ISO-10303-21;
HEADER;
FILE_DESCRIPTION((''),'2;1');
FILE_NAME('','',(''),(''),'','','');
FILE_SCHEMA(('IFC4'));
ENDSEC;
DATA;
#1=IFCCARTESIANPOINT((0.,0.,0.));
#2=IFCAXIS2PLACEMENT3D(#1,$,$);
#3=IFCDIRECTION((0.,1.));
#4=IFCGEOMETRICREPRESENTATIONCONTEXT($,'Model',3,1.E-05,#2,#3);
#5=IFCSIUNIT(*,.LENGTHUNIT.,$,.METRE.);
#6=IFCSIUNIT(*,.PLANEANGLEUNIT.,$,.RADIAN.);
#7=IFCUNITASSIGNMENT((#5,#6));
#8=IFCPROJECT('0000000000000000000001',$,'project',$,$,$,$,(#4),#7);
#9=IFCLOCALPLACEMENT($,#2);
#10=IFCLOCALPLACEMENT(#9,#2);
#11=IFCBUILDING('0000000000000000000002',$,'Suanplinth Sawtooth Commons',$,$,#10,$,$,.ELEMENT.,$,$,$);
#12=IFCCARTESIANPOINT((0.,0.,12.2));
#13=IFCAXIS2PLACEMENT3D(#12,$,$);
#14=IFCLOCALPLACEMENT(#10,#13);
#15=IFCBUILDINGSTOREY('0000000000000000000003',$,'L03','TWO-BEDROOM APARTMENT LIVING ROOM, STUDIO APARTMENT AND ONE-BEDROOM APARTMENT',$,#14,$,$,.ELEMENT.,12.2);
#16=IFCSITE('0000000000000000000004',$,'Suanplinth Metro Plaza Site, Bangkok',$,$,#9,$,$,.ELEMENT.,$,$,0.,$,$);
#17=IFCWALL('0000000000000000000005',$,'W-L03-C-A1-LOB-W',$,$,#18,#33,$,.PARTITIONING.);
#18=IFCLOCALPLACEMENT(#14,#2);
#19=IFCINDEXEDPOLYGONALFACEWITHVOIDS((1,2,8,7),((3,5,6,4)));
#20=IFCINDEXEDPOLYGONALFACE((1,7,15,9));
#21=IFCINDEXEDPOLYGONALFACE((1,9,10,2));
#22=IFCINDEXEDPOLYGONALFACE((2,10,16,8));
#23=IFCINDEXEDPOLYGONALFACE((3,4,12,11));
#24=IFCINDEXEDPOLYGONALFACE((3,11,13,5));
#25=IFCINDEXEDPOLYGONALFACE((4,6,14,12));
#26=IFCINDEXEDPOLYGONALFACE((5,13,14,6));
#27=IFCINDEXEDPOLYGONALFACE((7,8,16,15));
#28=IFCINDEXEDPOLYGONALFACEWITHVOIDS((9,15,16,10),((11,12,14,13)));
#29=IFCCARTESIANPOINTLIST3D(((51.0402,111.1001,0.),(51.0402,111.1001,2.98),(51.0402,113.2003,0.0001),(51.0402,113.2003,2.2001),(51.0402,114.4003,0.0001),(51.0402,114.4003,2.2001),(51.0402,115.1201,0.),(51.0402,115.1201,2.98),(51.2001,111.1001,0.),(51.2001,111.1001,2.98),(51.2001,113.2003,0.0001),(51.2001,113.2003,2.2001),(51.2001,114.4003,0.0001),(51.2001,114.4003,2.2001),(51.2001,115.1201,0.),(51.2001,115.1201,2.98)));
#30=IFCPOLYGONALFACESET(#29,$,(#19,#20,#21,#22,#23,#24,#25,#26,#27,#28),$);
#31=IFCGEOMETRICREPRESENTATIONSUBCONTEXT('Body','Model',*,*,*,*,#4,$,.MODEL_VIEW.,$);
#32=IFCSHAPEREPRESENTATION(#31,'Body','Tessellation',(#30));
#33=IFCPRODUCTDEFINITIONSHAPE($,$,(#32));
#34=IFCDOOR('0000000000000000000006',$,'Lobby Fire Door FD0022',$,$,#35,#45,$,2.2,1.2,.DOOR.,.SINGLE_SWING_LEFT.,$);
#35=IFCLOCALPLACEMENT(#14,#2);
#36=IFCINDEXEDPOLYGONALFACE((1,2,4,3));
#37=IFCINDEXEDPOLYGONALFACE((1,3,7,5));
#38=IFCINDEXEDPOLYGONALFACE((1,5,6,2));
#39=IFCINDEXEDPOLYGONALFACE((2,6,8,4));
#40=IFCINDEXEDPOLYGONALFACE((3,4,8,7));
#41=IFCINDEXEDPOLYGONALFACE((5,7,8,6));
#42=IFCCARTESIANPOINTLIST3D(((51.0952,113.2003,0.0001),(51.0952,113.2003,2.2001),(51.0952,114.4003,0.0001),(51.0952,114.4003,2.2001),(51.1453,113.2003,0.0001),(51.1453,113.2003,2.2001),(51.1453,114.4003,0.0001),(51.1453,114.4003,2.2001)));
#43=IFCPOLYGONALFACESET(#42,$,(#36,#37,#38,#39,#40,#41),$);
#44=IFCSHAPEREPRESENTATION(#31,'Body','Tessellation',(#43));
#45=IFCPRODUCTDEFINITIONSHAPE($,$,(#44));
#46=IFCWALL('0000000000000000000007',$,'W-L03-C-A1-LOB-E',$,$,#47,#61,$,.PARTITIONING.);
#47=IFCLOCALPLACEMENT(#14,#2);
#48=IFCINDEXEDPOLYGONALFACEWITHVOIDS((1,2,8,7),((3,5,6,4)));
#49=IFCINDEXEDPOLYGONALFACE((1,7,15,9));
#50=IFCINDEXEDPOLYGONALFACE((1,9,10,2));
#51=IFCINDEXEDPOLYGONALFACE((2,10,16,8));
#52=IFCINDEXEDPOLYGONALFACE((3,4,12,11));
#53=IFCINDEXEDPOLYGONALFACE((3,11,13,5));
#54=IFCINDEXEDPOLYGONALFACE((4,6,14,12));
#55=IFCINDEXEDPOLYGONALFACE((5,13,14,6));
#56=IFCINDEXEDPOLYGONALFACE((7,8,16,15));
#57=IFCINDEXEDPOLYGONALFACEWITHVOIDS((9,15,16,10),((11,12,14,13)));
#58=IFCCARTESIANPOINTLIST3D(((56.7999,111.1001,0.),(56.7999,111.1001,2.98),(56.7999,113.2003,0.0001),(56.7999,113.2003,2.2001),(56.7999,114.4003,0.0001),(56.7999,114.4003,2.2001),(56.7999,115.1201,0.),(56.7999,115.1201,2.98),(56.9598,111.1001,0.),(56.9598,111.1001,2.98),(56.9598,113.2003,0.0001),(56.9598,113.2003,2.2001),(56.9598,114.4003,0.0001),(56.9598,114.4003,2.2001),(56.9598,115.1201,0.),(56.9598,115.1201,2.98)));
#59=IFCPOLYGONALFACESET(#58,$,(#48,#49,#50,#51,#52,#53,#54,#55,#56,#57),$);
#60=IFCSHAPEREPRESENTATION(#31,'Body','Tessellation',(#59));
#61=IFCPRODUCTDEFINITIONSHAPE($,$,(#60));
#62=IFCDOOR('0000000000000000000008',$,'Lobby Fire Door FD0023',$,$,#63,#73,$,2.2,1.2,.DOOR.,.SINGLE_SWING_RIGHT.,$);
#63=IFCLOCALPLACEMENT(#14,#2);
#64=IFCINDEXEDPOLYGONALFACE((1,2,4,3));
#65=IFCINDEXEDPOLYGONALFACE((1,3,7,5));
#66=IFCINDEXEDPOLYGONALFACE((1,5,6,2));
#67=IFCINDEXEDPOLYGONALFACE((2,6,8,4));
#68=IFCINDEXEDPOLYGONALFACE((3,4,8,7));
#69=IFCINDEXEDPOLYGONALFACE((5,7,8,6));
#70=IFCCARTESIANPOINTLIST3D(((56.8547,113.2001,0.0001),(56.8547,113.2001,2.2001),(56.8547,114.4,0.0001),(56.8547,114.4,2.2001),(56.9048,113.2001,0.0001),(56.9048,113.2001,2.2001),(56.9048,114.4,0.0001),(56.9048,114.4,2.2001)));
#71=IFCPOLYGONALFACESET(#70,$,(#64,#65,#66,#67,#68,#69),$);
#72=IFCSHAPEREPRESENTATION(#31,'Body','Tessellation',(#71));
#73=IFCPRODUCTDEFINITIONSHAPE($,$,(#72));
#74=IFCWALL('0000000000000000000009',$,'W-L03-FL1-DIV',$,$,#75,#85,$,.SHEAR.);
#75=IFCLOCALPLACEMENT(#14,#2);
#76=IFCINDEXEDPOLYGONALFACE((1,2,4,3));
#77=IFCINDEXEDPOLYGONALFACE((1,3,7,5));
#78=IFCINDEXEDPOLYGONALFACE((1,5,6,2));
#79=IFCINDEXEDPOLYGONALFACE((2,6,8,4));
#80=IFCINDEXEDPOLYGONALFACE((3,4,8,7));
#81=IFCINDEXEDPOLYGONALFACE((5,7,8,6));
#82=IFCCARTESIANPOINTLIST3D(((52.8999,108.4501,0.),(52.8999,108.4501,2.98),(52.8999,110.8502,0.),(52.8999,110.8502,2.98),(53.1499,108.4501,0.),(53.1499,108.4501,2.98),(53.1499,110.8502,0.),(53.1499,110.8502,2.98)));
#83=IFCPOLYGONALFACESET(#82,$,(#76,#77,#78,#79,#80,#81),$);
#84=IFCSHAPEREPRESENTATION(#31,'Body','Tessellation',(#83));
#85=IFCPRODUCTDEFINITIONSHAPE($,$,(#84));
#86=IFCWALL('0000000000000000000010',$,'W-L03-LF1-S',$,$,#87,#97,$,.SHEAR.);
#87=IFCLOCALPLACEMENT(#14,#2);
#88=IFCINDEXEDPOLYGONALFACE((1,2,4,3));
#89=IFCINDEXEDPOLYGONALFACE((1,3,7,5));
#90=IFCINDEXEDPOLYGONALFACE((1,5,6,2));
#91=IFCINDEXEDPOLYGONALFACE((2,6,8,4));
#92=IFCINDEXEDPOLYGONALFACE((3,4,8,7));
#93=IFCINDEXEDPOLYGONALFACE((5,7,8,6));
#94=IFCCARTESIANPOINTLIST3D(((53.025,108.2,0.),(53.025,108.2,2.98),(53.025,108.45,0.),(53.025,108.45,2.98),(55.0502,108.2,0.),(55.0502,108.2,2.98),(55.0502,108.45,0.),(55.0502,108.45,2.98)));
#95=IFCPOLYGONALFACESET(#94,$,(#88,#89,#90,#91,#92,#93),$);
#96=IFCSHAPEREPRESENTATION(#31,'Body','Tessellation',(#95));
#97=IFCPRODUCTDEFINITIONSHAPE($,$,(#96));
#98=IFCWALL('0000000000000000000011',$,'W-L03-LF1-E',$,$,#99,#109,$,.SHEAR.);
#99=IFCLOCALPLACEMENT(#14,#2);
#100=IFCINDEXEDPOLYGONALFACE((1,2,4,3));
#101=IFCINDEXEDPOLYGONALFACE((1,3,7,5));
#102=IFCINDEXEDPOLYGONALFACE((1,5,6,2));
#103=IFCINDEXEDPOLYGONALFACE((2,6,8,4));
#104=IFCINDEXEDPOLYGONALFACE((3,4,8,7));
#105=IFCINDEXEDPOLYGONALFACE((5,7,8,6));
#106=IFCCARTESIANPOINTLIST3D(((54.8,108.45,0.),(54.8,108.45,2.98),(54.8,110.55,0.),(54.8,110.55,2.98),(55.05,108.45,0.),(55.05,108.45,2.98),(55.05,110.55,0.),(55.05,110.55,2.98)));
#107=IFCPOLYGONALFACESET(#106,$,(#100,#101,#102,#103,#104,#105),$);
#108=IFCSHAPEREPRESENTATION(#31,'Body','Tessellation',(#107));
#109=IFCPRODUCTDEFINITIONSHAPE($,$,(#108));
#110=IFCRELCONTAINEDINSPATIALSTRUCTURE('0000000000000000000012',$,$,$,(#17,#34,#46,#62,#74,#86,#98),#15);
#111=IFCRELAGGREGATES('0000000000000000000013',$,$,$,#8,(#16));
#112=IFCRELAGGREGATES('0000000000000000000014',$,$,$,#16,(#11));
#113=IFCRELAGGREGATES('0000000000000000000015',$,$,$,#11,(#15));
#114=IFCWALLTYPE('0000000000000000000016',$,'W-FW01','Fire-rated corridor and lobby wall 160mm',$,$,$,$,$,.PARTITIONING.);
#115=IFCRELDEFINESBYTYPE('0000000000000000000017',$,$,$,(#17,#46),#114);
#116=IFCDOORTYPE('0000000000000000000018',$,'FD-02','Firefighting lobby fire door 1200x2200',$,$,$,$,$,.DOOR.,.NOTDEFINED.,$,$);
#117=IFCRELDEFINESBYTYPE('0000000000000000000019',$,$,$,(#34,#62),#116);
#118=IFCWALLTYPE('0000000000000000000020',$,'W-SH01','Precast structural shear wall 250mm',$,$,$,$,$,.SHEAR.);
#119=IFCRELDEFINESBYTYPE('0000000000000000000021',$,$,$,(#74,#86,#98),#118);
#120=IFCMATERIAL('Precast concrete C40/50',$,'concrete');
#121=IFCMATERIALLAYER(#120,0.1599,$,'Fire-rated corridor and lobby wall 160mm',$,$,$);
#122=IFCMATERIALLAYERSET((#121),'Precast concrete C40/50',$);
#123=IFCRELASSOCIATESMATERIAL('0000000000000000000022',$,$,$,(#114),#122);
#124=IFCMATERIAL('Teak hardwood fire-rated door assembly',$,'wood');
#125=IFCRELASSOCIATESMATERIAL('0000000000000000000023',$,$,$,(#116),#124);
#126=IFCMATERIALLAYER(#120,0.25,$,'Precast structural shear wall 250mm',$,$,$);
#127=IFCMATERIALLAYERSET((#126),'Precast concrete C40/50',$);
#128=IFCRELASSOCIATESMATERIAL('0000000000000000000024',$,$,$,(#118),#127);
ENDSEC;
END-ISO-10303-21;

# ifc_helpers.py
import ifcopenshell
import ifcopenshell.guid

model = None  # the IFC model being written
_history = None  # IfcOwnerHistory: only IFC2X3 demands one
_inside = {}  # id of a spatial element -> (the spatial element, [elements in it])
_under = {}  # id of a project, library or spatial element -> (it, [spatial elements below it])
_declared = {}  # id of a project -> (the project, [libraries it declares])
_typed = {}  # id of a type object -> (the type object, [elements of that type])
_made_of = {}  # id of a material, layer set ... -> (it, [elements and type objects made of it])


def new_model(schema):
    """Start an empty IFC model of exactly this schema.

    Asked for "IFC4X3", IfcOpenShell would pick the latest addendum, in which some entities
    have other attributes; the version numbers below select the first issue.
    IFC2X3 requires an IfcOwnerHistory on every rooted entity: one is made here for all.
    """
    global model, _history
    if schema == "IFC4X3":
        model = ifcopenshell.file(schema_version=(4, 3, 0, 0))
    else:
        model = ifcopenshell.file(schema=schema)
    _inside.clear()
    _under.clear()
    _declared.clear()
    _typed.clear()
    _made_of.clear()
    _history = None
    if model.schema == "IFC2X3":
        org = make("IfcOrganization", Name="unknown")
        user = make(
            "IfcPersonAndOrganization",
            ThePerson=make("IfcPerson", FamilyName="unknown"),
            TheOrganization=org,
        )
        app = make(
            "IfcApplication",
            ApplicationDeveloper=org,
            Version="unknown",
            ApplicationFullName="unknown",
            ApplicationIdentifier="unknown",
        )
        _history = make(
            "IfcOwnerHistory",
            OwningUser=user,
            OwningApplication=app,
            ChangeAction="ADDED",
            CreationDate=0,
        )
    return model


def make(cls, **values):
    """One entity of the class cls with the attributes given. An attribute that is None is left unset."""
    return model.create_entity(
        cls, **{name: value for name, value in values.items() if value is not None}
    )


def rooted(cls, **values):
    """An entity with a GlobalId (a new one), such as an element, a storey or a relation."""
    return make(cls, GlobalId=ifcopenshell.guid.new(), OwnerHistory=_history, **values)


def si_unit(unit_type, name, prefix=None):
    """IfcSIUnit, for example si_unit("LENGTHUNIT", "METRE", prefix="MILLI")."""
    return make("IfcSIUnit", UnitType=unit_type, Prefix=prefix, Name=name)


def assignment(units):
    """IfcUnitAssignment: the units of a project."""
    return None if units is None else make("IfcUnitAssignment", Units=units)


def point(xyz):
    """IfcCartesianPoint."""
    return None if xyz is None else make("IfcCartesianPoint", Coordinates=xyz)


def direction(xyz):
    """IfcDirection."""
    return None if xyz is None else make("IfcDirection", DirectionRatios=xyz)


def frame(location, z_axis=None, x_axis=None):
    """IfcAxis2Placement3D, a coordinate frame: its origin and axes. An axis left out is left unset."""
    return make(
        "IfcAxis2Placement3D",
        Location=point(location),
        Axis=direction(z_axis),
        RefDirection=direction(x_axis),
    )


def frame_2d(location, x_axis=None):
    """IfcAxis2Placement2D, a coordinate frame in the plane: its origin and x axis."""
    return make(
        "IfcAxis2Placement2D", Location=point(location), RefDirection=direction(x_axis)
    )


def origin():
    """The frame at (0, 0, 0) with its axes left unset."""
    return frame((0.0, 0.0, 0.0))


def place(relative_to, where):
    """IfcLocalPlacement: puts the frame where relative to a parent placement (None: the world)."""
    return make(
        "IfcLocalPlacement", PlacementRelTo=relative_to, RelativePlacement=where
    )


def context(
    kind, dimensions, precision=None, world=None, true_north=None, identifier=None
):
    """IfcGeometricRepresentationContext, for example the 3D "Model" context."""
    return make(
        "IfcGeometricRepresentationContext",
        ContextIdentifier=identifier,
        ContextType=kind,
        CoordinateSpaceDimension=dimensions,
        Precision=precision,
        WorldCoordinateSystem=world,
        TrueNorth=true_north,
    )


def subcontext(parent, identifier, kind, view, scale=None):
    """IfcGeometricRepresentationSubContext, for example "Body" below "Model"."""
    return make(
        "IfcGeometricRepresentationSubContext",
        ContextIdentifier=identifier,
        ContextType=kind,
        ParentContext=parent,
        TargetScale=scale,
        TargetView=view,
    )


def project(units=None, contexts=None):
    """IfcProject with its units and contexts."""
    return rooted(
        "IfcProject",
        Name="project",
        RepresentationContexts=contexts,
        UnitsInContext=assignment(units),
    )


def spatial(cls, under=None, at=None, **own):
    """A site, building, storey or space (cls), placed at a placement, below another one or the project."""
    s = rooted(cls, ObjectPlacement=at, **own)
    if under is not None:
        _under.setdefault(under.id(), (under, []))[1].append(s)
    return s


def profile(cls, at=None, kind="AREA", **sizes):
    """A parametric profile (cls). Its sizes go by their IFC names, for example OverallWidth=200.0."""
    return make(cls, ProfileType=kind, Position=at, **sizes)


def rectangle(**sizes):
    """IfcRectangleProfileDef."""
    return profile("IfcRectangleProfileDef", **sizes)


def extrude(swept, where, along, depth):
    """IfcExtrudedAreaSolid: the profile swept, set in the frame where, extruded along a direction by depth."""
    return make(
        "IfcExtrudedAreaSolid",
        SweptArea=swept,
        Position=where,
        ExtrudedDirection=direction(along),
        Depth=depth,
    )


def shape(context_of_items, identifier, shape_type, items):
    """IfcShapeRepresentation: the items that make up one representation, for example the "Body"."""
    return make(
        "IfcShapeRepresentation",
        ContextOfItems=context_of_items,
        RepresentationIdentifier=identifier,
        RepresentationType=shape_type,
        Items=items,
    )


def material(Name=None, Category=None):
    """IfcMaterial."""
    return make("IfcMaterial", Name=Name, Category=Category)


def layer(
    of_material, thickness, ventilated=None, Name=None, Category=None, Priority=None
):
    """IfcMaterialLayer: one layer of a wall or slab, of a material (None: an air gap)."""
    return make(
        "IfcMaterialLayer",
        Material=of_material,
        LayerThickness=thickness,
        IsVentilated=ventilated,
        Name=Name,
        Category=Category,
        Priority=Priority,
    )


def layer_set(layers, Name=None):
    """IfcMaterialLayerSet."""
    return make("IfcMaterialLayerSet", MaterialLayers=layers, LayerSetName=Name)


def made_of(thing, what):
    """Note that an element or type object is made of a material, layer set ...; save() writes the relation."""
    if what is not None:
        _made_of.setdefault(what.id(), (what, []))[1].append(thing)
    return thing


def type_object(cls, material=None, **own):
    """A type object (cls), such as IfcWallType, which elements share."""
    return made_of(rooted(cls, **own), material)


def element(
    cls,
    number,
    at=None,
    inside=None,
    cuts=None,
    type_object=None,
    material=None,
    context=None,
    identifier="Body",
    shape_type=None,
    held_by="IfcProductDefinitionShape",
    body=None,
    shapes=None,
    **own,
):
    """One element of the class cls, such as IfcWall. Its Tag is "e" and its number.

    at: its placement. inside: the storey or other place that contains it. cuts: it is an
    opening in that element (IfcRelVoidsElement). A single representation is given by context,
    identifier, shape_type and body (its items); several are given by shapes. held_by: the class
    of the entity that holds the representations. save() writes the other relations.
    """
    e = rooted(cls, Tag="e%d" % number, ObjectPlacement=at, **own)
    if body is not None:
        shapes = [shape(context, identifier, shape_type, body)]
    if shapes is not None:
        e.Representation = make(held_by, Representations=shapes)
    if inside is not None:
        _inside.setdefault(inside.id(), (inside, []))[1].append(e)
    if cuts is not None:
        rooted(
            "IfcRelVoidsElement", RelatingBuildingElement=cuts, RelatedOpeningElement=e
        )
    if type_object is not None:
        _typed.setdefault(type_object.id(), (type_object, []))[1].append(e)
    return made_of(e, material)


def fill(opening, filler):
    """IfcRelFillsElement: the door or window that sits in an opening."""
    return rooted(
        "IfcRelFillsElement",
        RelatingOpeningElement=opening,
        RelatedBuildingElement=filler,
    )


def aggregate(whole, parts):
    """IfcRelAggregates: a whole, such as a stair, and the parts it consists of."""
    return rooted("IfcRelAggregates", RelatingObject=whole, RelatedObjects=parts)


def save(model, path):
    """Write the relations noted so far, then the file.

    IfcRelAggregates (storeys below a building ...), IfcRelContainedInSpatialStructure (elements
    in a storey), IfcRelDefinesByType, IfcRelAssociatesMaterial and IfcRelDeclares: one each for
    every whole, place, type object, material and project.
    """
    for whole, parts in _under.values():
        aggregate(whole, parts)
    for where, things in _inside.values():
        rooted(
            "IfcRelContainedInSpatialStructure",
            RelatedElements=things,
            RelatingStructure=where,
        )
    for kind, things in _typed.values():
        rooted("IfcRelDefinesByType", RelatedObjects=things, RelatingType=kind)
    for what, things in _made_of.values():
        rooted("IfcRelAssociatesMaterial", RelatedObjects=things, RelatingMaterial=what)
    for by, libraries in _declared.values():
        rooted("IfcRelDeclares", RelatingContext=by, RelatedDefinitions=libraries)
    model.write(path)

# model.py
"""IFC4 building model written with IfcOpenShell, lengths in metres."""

from ifc_helpers import new_model, si_unit, direction, frame, frame_2d, origin, place, context, subcontext, project, spatial, rectangle, extrude, material, layer, layer_set, type_object, element, fill, save


model = new_model("IFC4")

# Units and contexts
model_context = context("Model", 3, precision=1e-05, world=origin(), true_north=direction((0.0, 1.0)))
body_context = subcontext(model_context, "Body", "Model", "MODEL_VIEW")
ifc_project = project(units=[si_unit("LENGTHUNIT", "METRE"), si_unit("PLANEANGLEUNIT", "RADIAN")], contexts=[model_context])

# Site, building, storey
site_placement = place(None, origin())
site = spatial("IfcSite", under=ifc_project, at=site_placement, Name="Suanplinth Metro Plaza Site, Bangkok", CompositionType="ELEMENT", RefElevation=0.0)
building_placement = place(site_placement, origin())
building = spatial("IfcBuilding", under=site, at=building_placement, Name="Suanplinth Sawtooth Commons", CompositionType="ELEMENT")
storey_placement = place(building_placement, frame((0.0, 0.0, 12.2)))
storey = spatial("IfcBuildingStorey", under=building, at=storey_placement, Name="L03", Description="TWO-BEDROOM APARTMENT LIVING ROOM, STUDIO APARTMENT AND ONE-BEDROOM APARTMENT", CompositionType="ELEMENT", Elevation=12.2)

# Shared definitions
ifc_material_1 = material(Name="Precast concrete C40/50", Category="concrete")

# Shared definitions
ifc_material_2 = material(Name="Teak hardwood fire-rated door assembly", Category="wood")

# Walls, openings, doors
ifc_layer_1 = layer(ifc_material_1, 0.1599, Name="Fire-rated corridor and lobby wall 160mm")
ifc_layer_set_1 = layer_set([ifc_layer_1], Name="Precast concrete C40/50")
wall_type_1 = type_object("IfcWallType", Name="W-FW01", Description="Fire-rated corridor and lobby wall 160mm", PredefinedType="PARTITIONING", material=ifc_layer_set_1)
wall_1_placement = place(storey_placement, frame((51.1201, 111.1001, 0.0), z_axis=(0.0, 0.0, 1.0), x_axis=(0.0, 1.0, 0.0)))
wall_1 = element("IfcWall", 1, at=wall_1_placement, inside=storey, type_object=wall_type_1, Name="W-L03-C-A1-LOB-W", PredefinedType="PARTITIONING", context=body_context, shape_type="SweptSolid", body=[
    extrude(rectangle(XDim=4.02, YDim=0.1599, at=frame_2d((2.01, 0.0))), origin(), (0.0, 0.0, 1.0), 2.98),
])
opening_1_placement = place(wall_1_placement, frame((2.1001, 0.0, 0.0)))
opening_1 = element("IfcOpeningElement", 2, at=opening_1_placement, cuts=wall_1, PredefinedType="OPENING", context=body_context, shape_type="SweptSolid", body=[
    extrude(rectangle(XDim=1.2, YDim=2.2, at=frame_2d((0.6001, 1.1001))), frame((0.0, 0.0947, 0.0), z_axis=(0.0, -1.0, 0.0), x_axis=(1.0, 0.0, 0.0)), (0.0, 0.0, 1.0), 0.1897),
])
door_type_1 = type_object("IfcDoorType", Name="FD-02", Description="Firefighting lobby fire door 1200x2200", OperationType="NOTDEFINED", PredefinedType="DOOR", material=ifc_material_2)
door_1_placement = place(opening_1_placement, origin())
door_1 = element("IfcDoor", 3, at=door_1_placement, inside=storey, type_object=door_type_1, Name="Lobby Fire Door FD0022", OperationType="SINGLE_SWING_LEFT", OverallHeight=2.2, OverallWidth=1.2, PredefinedType="DOOR", context=body_context, shape_type="SweptSolid", body=[
    extrude(rectangle(XDim=1.2, YDim=2.2, at=frame_2d((0.6001, 1.1001))), frame((0.0, 0.0249, 0.0), z_axis=(0.0, -1.0, 0.0), x_axis=(1.0, 0.0, 0.0)), (0.0, 0.0, 1.0), 0.05),
])
fill(opening_1, door_1)
wall_2_placement = place(storey_placement, frame((56.8799, 111.1001, 0.0), z_axis=(0.0, 0.0, 1.0), x_axis=(0.0, 1.0, 0.0)))
wall_2 = element("IfcWall", 4, at=wall_2_placement, inside=storey, type_object=wall_type_1, Name="W-L03-C-A1-LOB-E", PredefinedType="PARTITIONING", context=body_context, shape_type="SweptSolid", body=[
    extrude(rectangle(XDim=4.02, YDim=0.1599, at=frame_2d((2.01, 0.0))), origin(), (0.0, 0.0, 1.0), 2.98),
])
opening_2_placement = place(wall_2_placement, frame((2.1001, 0.0, 0.0)))
opening_2 = element("IfcOpeningElement", 5, at=opening_2_placement, cuts=wall_2, PredefinedType="OPENING", context=body_context, shape_type="SweptSolid", body=[
    extrude(rectangle(XDim=1.2, YDim=2.2, at=frame_2d((0.6001, 1.1001))), frame((0.0, 0.0947, 0.0), z_axis=(0.0, -1.0, 0.0), x_axis=(1.0, 0.0, 0.0)), (0.0, 0.0, 1.0), 0.1897),
])
door_2_placement = place(opening_2_placement, frame((1.2, 0.0, 0.0), z_axis=(0.0, 0.0, 1.0), x_axis=(-1.0, 0.0, 0.0)))
door_2 = element("IfcDoor", 6, at=door_2_placement, inside=storey, type_object=door_type_1, Name="Lobby Fire Door FD0023", OperationType="SINGLE_SWING_RIGHT", OverallHeight=2.2, OverallWidth=1.2, PredefinedType="DOOR", context=body_context, shape_type="SweptSolid", body=[
    extrude(rectangle(XDim=1.2, YDim=2.2, at=frame_2d((0.6001, 1.1001))), frame((0.0, 0.0249, 0.0), z_axis=(0.0, -1.0, 0.0), x_axis=(1.0, 0.0, 0.0)), (0.0, 0.0, 1.0), 0.05),
])
fill(opening_2, door_2)

# Walls
ifc_layer_2 = layer(ifc_material_1, 0.25, Name="Precast structural shear wall 250mm")
ifc_layer_set_2 = layer_set([ifc_layer_2], Name="Precast concrete C40/50")
wall_type_2 = type_object("IfcWallType", Name="W-SH01", Description="Precast structural shear wall 250mm", PredefinedType="SHEAR", material=ifc_layer_set_2)
wall_3_placement = place(storey_placement, frame((53.0249, 108.45, 0.0), z_axis=(0.0, 0.0, 1.0), x_axis=(0.0, 1.0, 0.0)))
element("IfcWall", 7, at=wall_3_placement, inside=storey, type_object=wall_type_2, Name="W-L03-FL1-DIV", PredefinedType="SHEAR", context=body_context, shape_type="SweptSolid", body=[
    extrude(rectangle(XDim=2.4001, YDim=0.25, at=frame_2d((1.2002, 0.0))), origin(), (0.0, 0.0, 1.0), 2.98),
])
wall_4_placement = place(storey_placement, frame((53.0249, 108.325, 0.0), z_axis=(0.0, 0.0, 1.0), x_axis=(1.0, 0.0, 0.0)))
element("IfcWall", 8, at=wall_4_placement, inside=storey, type_object=wall_type_2, Name="W-L03-LF1-S", PredefinedType="SHEAR", context=body_context, shape_type="SweptSolid", body=[
    extrude(rectangle(XDim=2.0251, YDim=0.25, at=frame_2d((1.0127, 0.0))), origin(), (0.0, 0.0, 1.0), 2.98),
])

# Wall
wall_5_placement = place(storey_placement, frame((54.925, 108.45, 0.0), z_axis=(0.0, 0.0, 1.0), x_axis=(0.0, 1.0, 0.0)))
element("IfcWall", 9, at=wall_5_placement, inside=storey, type_object=wall_type_2, Name="W-L03-LF1-E", PredefinedType="SHEAR", context=body_context, shape_type="SweptSolid", body=[
    extrude(rectangle(XDim=2.1001, YDim=0.25, at=frame_2d((1.05, 0.0))), origin(), (0.0, 0.0, 1.0), 2.98),
])

save(model, "model.ifc")
